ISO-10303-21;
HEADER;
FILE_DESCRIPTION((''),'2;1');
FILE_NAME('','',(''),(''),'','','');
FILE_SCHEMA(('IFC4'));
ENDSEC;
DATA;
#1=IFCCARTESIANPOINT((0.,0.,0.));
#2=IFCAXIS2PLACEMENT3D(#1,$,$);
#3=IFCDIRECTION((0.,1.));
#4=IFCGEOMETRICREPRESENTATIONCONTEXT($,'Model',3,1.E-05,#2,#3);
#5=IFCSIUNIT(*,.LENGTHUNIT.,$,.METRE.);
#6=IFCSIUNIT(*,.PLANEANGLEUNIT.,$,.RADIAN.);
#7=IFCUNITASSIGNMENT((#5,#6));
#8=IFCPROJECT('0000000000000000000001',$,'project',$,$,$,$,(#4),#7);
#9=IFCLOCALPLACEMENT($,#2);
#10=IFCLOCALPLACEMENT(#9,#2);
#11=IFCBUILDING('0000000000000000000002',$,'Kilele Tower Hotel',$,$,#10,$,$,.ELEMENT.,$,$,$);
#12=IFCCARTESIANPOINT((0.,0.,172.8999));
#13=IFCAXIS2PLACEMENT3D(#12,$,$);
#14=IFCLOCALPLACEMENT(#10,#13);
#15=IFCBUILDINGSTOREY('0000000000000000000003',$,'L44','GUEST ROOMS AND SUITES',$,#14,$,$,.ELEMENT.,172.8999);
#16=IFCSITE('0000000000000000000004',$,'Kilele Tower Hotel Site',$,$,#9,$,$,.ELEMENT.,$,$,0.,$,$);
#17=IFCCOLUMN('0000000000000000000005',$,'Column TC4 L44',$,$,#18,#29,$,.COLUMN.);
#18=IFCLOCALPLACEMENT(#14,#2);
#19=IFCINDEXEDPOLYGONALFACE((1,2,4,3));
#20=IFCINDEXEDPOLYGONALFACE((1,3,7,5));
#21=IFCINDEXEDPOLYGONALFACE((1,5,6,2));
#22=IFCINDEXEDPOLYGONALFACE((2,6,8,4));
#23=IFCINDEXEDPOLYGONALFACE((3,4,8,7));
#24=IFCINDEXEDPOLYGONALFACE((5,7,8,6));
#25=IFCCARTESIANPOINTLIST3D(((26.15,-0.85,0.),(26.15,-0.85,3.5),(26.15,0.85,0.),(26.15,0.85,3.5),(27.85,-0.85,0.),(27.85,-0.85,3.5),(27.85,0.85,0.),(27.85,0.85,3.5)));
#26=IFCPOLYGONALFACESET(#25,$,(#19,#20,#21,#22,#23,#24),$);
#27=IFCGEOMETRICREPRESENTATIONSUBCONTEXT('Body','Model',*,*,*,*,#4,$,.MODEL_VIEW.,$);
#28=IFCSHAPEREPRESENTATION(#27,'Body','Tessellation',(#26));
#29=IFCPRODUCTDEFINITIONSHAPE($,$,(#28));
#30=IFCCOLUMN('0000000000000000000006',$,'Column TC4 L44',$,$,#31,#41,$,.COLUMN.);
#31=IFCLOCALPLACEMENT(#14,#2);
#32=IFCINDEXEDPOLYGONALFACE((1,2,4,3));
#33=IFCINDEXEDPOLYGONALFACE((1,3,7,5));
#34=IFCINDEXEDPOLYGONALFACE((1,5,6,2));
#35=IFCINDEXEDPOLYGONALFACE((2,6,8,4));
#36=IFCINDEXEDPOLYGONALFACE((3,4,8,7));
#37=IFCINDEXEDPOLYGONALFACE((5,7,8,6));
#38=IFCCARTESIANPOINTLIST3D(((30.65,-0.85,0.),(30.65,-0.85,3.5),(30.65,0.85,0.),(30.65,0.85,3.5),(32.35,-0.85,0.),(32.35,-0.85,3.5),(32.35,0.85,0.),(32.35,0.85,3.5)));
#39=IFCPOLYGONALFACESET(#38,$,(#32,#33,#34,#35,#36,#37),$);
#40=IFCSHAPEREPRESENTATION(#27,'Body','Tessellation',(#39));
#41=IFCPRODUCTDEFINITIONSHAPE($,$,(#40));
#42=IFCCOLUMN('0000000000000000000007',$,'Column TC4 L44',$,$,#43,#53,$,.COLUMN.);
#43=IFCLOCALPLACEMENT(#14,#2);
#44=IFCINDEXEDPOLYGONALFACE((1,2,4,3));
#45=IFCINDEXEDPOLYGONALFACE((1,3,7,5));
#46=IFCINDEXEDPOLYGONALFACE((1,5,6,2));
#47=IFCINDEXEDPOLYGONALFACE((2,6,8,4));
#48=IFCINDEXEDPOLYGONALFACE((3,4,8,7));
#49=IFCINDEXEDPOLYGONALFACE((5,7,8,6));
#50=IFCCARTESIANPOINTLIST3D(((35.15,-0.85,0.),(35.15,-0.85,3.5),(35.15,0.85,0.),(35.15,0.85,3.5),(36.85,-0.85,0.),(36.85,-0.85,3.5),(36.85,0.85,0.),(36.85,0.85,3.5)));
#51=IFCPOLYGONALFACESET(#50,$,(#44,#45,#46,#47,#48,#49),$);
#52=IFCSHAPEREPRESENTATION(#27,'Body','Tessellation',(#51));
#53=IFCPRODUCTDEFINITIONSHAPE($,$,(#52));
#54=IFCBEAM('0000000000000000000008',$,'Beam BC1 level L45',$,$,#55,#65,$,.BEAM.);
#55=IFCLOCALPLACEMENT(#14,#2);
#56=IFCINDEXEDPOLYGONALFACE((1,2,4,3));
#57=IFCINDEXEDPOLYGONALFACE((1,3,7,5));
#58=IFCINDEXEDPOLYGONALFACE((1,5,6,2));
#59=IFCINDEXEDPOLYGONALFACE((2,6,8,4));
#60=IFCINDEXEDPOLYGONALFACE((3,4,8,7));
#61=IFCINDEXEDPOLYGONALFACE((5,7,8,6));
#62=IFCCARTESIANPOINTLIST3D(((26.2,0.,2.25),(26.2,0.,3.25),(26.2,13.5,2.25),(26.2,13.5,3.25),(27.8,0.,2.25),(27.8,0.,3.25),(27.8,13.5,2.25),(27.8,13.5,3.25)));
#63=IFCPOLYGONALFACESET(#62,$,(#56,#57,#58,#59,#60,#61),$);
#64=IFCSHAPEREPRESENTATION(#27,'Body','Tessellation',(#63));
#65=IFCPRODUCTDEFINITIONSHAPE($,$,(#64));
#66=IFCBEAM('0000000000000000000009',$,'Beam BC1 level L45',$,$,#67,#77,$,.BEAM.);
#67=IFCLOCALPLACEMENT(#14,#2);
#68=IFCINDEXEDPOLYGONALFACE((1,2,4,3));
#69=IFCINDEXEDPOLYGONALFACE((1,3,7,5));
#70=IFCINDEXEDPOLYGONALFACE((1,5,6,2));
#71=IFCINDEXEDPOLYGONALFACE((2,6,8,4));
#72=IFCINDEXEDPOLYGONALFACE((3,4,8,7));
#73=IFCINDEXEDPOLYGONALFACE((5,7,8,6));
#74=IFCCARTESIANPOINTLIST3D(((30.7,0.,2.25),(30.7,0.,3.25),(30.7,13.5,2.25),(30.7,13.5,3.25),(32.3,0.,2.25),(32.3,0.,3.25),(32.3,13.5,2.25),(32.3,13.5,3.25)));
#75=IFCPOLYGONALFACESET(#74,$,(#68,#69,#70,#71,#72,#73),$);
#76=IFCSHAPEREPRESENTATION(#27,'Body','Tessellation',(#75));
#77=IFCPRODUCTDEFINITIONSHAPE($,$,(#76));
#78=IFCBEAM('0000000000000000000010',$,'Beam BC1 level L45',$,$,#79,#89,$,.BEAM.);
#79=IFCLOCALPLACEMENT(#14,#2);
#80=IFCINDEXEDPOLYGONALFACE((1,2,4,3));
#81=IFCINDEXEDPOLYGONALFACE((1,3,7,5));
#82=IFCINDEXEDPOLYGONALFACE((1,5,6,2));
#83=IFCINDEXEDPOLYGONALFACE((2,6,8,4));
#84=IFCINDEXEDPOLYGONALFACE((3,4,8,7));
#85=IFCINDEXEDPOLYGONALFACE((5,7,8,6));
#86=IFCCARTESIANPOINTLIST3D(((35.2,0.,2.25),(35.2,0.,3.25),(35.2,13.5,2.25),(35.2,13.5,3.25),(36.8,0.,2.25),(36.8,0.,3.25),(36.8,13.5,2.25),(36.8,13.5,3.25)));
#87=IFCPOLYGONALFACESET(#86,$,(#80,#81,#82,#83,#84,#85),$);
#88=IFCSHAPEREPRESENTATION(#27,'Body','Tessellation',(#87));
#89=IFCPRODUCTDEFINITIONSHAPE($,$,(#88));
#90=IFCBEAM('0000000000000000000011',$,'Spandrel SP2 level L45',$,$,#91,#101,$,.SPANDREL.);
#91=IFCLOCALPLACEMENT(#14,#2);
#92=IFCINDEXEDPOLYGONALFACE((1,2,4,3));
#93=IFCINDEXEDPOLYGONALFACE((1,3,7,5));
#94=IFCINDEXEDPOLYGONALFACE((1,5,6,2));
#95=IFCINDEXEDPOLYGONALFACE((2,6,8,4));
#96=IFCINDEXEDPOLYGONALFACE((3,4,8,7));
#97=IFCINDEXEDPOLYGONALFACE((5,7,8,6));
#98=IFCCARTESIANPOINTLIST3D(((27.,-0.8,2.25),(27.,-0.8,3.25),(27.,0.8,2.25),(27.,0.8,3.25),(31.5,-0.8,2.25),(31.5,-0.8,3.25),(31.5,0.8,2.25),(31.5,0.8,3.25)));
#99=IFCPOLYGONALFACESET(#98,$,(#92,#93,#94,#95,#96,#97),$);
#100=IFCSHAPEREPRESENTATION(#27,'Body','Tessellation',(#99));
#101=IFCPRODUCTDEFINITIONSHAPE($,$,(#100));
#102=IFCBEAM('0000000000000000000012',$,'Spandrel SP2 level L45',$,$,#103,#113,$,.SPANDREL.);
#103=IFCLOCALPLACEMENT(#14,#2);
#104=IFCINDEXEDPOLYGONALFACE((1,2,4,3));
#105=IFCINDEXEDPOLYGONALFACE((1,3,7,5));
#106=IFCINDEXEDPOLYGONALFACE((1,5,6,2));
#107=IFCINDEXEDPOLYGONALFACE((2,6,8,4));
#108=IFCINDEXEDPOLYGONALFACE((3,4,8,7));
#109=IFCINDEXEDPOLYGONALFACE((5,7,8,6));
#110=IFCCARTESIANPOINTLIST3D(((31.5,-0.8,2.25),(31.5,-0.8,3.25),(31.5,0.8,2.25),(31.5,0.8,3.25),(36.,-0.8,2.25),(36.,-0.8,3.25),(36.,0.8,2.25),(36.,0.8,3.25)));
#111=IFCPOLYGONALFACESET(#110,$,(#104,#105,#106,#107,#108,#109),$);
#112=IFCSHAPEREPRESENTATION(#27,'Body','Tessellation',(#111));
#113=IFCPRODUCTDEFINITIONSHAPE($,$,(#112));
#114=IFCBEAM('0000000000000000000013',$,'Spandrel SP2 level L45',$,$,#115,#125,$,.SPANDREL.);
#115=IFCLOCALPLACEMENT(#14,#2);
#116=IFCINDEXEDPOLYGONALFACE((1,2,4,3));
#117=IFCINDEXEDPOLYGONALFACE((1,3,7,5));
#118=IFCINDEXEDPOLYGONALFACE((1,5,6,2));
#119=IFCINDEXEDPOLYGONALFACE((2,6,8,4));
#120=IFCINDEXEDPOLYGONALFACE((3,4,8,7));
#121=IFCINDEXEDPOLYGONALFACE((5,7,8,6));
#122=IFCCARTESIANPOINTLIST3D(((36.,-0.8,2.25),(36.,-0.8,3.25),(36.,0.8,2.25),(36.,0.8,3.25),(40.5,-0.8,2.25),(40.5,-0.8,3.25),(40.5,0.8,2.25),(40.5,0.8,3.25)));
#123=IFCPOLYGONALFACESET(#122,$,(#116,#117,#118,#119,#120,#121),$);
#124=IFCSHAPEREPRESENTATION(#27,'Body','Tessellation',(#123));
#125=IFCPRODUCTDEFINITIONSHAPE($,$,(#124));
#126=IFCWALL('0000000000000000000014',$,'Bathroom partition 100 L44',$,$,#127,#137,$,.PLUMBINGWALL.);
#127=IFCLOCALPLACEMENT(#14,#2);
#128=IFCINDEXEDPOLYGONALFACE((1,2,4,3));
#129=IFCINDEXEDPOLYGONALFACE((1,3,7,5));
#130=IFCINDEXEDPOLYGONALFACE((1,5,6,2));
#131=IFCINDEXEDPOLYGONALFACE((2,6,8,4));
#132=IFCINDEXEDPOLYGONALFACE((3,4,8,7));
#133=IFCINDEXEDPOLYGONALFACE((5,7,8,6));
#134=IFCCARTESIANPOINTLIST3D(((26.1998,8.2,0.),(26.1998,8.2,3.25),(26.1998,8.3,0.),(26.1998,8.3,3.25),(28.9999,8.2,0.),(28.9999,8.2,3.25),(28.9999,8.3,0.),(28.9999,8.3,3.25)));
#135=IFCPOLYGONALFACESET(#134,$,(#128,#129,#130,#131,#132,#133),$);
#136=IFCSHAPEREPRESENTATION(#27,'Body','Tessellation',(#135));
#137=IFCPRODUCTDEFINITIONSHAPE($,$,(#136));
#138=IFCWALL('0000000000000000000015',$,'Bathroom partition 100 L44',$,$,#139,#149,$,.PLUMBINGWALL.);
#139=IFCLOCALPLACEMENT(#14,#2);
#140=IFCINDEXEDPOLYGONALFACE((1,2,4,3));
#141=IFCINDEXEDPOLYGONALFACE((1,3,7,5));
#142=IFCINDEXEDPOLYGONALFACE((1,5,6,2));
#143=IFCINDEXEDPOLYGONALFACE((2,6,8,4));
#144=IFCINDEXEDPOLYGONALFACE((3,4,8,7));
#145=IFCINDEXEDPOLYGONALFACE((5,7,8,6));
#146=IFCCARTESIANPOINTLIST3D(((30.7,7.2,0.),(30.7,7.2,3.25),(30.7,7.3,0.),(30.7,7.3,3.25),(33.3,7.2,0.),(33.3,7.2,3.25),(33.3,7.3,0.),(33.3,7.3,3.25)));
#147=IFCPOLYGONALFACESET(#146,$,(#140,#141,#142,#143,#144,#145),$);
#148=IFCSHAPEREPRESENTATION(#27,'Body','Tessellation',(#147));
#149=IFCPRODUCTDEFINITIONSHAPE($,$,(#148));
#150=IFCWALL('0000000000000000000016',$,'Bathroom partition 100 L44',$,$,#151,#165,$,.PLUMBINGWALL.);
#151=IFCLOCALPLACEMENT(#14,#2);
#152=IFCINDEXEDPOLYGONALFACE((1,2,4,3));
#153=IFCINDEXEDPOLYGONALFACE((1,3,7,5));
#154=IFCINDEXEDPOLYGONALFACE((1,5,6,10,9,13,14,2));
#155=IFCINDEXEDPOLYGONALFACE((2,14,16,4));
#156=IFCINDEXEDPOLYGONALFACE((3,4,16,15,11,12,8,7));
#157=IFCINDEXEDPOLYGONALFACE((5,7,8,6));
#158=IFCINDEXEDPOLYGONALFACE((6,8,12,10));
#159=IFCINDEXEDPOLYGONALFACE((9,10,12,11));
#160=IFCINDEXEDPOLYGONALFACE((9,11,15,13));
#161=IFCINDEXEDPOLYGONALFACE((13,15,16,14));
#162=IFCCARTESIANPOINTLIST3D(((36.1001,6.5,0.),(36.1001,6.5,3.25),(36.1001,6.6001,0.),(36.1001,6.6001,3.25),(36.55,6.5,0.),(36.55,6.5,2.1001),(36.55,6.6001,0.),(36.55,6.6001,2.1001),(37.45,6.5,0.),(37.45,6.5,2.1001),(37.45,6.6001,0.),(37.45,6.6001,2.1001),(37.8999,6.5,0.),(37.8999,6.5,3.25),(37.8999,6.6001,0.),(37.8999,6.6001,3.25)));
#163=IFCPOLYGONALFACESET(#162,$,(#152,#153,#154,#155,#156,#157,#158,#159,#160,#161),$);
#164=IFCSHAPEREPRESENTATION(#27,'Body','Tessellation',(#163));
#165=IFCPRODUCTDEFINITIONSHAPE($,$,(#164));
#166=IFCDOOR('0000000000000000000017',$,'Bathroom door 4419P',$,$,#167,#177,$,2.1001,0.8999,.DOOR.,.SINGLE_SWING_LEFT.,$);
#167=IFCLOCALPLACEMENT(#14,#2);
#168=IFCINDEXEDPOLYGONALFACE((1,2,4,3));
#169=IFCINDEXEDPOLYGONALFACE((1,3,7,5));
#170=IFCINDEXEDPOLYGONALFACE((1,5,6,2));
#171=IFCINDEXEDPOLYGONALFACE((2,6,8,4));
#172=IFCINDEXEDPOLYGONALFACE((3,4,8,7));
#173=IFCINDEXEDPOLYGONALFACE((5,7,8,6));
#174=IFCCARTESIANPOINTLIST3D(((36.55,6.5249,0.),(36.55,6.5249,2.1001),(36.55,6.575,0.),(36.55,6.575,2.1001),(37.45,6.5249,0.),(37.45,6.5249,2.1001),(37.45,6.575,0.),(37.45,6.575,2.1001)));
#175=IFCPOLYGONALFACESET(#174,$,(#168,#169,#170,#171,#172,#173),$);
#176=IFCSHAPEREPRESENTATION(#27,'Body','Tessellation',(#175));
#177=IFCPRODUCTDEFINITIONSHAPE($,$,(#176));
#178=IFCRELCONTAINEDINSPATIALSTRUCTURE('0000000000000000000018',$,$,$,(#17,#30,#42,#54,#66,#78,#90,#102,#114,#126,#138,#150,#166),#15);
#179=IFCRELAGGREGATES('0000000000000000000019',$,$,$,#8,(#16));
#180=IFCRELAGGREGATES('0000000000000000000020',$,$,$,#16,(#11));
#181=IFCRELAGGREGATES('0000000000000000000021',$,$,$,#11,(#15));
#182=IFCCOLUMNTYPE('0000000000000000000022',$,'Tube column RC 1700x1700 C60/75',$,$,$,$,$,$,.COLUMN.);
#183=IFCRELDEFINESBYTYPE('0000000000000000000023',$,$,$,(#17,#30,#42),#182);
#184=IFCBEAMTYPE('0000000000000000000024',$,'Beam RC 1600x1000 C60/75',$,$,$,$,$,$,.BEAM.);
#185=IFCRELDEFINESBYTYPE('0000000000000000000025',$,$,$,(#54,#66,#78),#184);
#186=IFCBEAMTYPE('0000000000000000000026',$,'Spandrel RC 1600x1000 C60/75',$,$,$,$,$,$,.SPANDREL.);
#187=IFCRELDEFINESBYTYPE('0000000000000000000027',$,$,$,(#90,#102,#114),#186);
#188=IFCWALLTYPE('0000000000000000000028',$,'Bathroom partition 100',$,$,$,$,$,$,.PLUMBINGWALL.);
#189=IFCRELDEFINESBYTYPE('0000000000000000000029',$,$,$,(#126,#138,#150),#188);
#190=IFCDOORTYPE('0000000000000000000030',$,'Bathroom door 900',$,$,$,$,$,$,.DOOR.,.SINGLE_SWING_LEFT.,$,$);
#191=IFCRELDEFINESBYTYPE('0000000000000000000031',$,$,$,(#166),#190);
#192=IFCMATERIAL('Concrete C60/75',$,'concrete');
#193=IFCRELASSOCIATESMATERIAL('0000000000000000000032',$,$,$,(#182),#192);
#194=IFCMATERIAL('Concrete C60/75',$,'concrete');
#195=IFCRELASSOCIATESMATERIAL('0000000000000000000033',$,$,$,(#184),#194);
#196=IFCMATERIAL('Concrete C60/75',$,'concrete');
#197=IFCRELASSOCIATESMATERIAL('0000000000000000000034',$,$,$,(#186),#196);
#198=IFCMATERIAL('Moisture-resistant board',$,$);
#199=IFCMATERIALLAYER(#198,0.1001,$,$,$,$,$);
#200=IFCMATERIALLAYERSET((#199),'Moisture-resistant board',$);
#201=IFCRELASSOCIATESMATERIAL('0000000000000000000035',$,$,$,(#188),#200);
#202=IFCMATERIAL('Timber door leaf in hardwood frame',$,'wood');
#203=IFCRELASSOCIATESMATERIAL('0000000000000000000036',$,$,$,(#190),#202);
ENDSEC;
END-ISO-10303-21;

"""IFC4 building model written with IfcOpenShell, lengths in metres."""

from ifc_helpers import new_model, si_unit, direction, frame, frame_2d, origin, origin_2d, place, context, subcontext, project, spatial, rectangle, extrude, material, layer, layer_set, material_profile, profile_set, type_object, element, fill, save


model = new_model("IFC4")

# Units and contexts
model_context = context("Model", 3, precision=1e-05, world=origin(), true_north=direction((0.0, 1.0)))
body_context = subcontext(model_context, "Body", "Model", "MODEL_VIEW")
ifc_project = project(units=[si_unit("LENGTHUNIT", "METRE"), si_unit("PLANEANGLEUNIT", "RADIAN")], contexts=[model_context])

# Site, building, storey
site_placement = place(None, origin())
site = spatial("IfcSite", under=ifc_project, at=site_placement, Name="Kilele Tower Hotel Site", CompositionType="ELEMENT", RefElevation=0.0)
building_placement = place(site_placement, origin())
building = spatial("IfcBuilding", under=site, at=building_placement, Name="Kilele Tower Hotel", CompositionType="ELEMENT")
storey_placement = place(building_placement, frame((0.0, 0.0, 172.8999)))
storey = spatial("IfcBuildingStorey", under=building, at=storey_placement, Name="L44", Description="GUEST ROOMS AND SUITES", CompositionType="ELEMENT", Elevation=172.8999)

# Columns
ifc_material_1 = material(Name="Concrete C60/75", Category="concrete")
ifc_material_profile_1 = material_profile(ifc_material_1, rectangle(XDim=1.7, YDim=1.7, at=origin_2d()))
ifc_profile_set_1 = profile_set([ifc_material_profile_1], Name="Concrete C60/75")
column_type = type_object("IfcColumnType", Name="Tube column RC 1700x1700 C60/75", PredefinedType="COLUMN", material=ifc_profile_set_1)
for number, where, z_axis, x_axis, name in (
    (1, (27.0, 0.0, 0.0), (0.0, 0.0, 1.0), (1.0, 0.0, 0.0), "Column TC4 L44"),
    (2, (31.5, 0.0, 0.0), (0.0, 0.0, 1.0), (1.0, 0.0, 0.0), "Column TC4 L44"),
    (3, (36.0, 0.0, 0.0), (0.0, 0.0, 1.0), (1.0, 0.0, 0.0), "Column TC4 L44"),
):
    element("IfcColumn", number, at=place(storey_placement, frame(where, z_axis=z_axis, x_axis=x_axis)), inside=storey, type_object=column_type, Name=name, PredefinedType="COLUMN", context=body_context, shape_type="SweptSolid", body=[
        extrude(rectangle(XDim=1.7, YDim=1.7, at=origin_2d()), origin(), (0.0, 0.0, 1.0), 3.5),
    ])

# Beams
ifc_material_2 = material(Name="Concrete C60/75", Category="concrete")
ifc_material_profile_2 = material_profile(ifc_material_2, rectangle(XDim=1.6001, YDim=1.0, at=origin_2d()))
ifc_profile_set_2 = profile_set([ifc_material_profile_2], Name="Concrete C60/75")
beam_type_1 = type_object("IfcBeamType", Name="Beam RC 1600x1000 C60/75", PredefinedType="BEAM", material=ifc_profile_set_2)
for number, where, z_axis, x_axis, name in (
    (4, (27.0, 0.0, 2.75), (0.0, 1.0, 0.0), (-1.0, 0.0, 0.0), "Beam BC1 level L45"),
    (5, (31.5, 0.0, 2.75), (0.0, 1.0, 0.0), (-1.0, 0.0, 0.0), "Beam BC1 level L45"),
    (6, (36.0, 0.0, 2.75), (0.0, 1.0, 0.0), (-1.0, 0.0, 0.0), "Beam BC1 level L45"),
):
    element("IfcBeam", number, at=place(storey_placement, frame(where, z_axis=z_axis, x_axis=x_axis)), inside=storey, type_object=beam_type_1, Name=name, PredefinedType="BEAM", context=body_context, shape_type="SweptSolid", body=[
        extrude(rectangle(XDim=1.6001, YDim=1.0, at=origin_2d()), origin(), (0.0, 0.0, 1.0), 13.5),
    ])
ifc_material_3 = material(Name="Concrete C60/75", Category="concrete")
ifc_material_profile_3 = material_profile(ifc_material_3, rectangle(XDim=1.6001, YDim=1.0, at=origin_2d()))
ifc_profile_set_3 = profile_set([ifc_material_profile_3], Name="Concrete C60/75")
beam_type_2 = type_object("IfcBeamType", Name="Spandrel RC 1600x1000 C60/75", PredefinedType="SPANDREL", material=ifc_profile_set_3)
for number, where, z_axis, x_axis, name in (
    (7, (27.0, 0.0, 2.75), (1.0, 0.0, 0.0), (0.0, 1.0, 0.0), "Spandrel SP2 level L45"),
    (8, (31.5, 0.0, 2.75), (1.0, 0.0, 0.0), (0.0, 1.0, 0.0), "Spandrel SP2 level L45"),
    (9, (36.0, 0.0, 2.75), (1.0, 0.0, 0.0), (0.0, 1.0, 0.0), "Spandrel SP2 level L45"),
):
    element("IfcBeam", number, at=place(storey_placement, frame(where, z_axis=z_axis, x_axis=x_axis)), inside=storey, type_object=beam_type_2, Name=name, PredefinedType="SPANDREL", context=body_context, shape_type="SweptSolid", body=[
        extrude(rectangle(XDim=1.6001, YDim=1.0, at=origin_2d()), origin(), (0.0, 0.0, 1.0), 4.5),
    ])

# Walls
ifc_material_4 = material(Name="Moisture-resistant board")
ifc_layer_1 = layer(ifc_material_4, 0.1001)
ifc_layer_set_1 = layer_set([ifc_layer_1], Name="Moisture-resistant board")
wall_type_1 = type_object("IfcWallType", Name="Bathroom partition 100", PredefinedType="PLUMBINGWALL", material=ifc_layer_set_1)
wall_1_placement = place(storey_placement, frame((26.2, 8.25, 0.0), z_axis=(0.0, 0.0, 1.0), x_axis=(1.0, 0.0, 0.0)))
element("IfcWall", 10, at=wall_1_placement, inside=storey, type_object=wall_type_1, Name="Bathroom partition 100 L44", PredefinedType="PLUMBINGWALL", context=body_context, shape_type="SweptSolid", body=[
    extrude(rectangle(XDim=2.8, YDim=0.1001, at=frame_2d((1.3999, 0.0))), origin(), (0.0, 0.0, 1.0), 3.25),
])
wall_2_placement = place(storey_placement, frame((30.7, 7.25, 0.0), z_axis=(0.0, 0.0, 1.0), x_axis=(1.0, 0.0, 0.0)))
element("IfcWall", 11, at=wall_2_placement, inside=storey, type_object=wall_type_1, Name="Bathroom partition 100 L44", PredefinedType="PLUMBINGWALL", context=body_context, shape_type="SweptSolid", body=[
    extrude(rectangle(XDim=2.6001, YDim=0.1001, at=frame_2d((1.3, 0.0))), origin(), (0.0, 0.0, 1.0), 3.25),
])

# Wall, opening, door
wall_3_placement = place(storey_placement, frame((36.1001, 6.55, 0.0), z_axis=(0.0, 0.0, 1.0), x_axis=(1.0, 0.0, 0.0)))
wall_3 = element("IfcWall", 12, at=wall_3_placement, inside=storey, type_object=wall_type_1, Name="Bathroom partition 100 L44", PredefinedType="PLUMBINGWALL", context=body_context, shape_type="SweptSolid", body=[
    extrude(rectangle(XDim=1.7998, YDim=0.1001, at=frame_2d((0.8999, 0.0))), origin(), (0.0, 0.0, 1.0), 3.25),
])
opening_1_placement = place(wall_3_placement, frame((0.45, 0.0, 0.0)))
opening_1 = element("IfcOpeningElement", 13, at=opening_1_placement, cuts=wall_3, PredefinedType="OPENING", context=body_context, shape_type="SweptSolid", body=[
    extrude(rectangle(XDim=0.8999, YDim=2.1001, at=frame_2d((0.45, 1.05))), frame((0.0, 0.0601, 0.0), z_axis=(0.0, -1.0, 0.0), x_axis=(1.0, 0.0, 0.0)), (0.0, 0.0, 1.0), 0.1201),
])
ifc_material_5 = material(Name="Timber door leaf in hardwood frame", Category="wood")
door_type_1 = type_object("IfcDoorType", Name="Bathroom door 900", OperationType="SINGLE_SWING_LEFT", PredefinedType="DOOR", material=ifc_material_5)
door_1_placement = place(opening_1_placement, origin())
door_1 = element("IfcDoor", 14, at=door_1_placement, inside=storey, type_object=door_type_1, Name="Bathroom door 4419P", OperationType="SINGLE_SWING_LEFT", OverallHeight=2.1001, OverallWidth=0.8999, PredefinedType="DOOR", context=body_context, shape_type="SweptSolid", body=[
    extrude(rectangle(XDim=0.8999, YDim=2.1001, at=frame_2d((0.45, 1.05))), frame((0.0, 0.0249, 0.0), z_axis=(0.0, -1.0, 0.0), x_axis=(1.0, 0.0, 0.0)), (0.0, 0.0, 1.0), 0.05),
])
fill(opening_1, door_1)

save(model, "model.ifc")
